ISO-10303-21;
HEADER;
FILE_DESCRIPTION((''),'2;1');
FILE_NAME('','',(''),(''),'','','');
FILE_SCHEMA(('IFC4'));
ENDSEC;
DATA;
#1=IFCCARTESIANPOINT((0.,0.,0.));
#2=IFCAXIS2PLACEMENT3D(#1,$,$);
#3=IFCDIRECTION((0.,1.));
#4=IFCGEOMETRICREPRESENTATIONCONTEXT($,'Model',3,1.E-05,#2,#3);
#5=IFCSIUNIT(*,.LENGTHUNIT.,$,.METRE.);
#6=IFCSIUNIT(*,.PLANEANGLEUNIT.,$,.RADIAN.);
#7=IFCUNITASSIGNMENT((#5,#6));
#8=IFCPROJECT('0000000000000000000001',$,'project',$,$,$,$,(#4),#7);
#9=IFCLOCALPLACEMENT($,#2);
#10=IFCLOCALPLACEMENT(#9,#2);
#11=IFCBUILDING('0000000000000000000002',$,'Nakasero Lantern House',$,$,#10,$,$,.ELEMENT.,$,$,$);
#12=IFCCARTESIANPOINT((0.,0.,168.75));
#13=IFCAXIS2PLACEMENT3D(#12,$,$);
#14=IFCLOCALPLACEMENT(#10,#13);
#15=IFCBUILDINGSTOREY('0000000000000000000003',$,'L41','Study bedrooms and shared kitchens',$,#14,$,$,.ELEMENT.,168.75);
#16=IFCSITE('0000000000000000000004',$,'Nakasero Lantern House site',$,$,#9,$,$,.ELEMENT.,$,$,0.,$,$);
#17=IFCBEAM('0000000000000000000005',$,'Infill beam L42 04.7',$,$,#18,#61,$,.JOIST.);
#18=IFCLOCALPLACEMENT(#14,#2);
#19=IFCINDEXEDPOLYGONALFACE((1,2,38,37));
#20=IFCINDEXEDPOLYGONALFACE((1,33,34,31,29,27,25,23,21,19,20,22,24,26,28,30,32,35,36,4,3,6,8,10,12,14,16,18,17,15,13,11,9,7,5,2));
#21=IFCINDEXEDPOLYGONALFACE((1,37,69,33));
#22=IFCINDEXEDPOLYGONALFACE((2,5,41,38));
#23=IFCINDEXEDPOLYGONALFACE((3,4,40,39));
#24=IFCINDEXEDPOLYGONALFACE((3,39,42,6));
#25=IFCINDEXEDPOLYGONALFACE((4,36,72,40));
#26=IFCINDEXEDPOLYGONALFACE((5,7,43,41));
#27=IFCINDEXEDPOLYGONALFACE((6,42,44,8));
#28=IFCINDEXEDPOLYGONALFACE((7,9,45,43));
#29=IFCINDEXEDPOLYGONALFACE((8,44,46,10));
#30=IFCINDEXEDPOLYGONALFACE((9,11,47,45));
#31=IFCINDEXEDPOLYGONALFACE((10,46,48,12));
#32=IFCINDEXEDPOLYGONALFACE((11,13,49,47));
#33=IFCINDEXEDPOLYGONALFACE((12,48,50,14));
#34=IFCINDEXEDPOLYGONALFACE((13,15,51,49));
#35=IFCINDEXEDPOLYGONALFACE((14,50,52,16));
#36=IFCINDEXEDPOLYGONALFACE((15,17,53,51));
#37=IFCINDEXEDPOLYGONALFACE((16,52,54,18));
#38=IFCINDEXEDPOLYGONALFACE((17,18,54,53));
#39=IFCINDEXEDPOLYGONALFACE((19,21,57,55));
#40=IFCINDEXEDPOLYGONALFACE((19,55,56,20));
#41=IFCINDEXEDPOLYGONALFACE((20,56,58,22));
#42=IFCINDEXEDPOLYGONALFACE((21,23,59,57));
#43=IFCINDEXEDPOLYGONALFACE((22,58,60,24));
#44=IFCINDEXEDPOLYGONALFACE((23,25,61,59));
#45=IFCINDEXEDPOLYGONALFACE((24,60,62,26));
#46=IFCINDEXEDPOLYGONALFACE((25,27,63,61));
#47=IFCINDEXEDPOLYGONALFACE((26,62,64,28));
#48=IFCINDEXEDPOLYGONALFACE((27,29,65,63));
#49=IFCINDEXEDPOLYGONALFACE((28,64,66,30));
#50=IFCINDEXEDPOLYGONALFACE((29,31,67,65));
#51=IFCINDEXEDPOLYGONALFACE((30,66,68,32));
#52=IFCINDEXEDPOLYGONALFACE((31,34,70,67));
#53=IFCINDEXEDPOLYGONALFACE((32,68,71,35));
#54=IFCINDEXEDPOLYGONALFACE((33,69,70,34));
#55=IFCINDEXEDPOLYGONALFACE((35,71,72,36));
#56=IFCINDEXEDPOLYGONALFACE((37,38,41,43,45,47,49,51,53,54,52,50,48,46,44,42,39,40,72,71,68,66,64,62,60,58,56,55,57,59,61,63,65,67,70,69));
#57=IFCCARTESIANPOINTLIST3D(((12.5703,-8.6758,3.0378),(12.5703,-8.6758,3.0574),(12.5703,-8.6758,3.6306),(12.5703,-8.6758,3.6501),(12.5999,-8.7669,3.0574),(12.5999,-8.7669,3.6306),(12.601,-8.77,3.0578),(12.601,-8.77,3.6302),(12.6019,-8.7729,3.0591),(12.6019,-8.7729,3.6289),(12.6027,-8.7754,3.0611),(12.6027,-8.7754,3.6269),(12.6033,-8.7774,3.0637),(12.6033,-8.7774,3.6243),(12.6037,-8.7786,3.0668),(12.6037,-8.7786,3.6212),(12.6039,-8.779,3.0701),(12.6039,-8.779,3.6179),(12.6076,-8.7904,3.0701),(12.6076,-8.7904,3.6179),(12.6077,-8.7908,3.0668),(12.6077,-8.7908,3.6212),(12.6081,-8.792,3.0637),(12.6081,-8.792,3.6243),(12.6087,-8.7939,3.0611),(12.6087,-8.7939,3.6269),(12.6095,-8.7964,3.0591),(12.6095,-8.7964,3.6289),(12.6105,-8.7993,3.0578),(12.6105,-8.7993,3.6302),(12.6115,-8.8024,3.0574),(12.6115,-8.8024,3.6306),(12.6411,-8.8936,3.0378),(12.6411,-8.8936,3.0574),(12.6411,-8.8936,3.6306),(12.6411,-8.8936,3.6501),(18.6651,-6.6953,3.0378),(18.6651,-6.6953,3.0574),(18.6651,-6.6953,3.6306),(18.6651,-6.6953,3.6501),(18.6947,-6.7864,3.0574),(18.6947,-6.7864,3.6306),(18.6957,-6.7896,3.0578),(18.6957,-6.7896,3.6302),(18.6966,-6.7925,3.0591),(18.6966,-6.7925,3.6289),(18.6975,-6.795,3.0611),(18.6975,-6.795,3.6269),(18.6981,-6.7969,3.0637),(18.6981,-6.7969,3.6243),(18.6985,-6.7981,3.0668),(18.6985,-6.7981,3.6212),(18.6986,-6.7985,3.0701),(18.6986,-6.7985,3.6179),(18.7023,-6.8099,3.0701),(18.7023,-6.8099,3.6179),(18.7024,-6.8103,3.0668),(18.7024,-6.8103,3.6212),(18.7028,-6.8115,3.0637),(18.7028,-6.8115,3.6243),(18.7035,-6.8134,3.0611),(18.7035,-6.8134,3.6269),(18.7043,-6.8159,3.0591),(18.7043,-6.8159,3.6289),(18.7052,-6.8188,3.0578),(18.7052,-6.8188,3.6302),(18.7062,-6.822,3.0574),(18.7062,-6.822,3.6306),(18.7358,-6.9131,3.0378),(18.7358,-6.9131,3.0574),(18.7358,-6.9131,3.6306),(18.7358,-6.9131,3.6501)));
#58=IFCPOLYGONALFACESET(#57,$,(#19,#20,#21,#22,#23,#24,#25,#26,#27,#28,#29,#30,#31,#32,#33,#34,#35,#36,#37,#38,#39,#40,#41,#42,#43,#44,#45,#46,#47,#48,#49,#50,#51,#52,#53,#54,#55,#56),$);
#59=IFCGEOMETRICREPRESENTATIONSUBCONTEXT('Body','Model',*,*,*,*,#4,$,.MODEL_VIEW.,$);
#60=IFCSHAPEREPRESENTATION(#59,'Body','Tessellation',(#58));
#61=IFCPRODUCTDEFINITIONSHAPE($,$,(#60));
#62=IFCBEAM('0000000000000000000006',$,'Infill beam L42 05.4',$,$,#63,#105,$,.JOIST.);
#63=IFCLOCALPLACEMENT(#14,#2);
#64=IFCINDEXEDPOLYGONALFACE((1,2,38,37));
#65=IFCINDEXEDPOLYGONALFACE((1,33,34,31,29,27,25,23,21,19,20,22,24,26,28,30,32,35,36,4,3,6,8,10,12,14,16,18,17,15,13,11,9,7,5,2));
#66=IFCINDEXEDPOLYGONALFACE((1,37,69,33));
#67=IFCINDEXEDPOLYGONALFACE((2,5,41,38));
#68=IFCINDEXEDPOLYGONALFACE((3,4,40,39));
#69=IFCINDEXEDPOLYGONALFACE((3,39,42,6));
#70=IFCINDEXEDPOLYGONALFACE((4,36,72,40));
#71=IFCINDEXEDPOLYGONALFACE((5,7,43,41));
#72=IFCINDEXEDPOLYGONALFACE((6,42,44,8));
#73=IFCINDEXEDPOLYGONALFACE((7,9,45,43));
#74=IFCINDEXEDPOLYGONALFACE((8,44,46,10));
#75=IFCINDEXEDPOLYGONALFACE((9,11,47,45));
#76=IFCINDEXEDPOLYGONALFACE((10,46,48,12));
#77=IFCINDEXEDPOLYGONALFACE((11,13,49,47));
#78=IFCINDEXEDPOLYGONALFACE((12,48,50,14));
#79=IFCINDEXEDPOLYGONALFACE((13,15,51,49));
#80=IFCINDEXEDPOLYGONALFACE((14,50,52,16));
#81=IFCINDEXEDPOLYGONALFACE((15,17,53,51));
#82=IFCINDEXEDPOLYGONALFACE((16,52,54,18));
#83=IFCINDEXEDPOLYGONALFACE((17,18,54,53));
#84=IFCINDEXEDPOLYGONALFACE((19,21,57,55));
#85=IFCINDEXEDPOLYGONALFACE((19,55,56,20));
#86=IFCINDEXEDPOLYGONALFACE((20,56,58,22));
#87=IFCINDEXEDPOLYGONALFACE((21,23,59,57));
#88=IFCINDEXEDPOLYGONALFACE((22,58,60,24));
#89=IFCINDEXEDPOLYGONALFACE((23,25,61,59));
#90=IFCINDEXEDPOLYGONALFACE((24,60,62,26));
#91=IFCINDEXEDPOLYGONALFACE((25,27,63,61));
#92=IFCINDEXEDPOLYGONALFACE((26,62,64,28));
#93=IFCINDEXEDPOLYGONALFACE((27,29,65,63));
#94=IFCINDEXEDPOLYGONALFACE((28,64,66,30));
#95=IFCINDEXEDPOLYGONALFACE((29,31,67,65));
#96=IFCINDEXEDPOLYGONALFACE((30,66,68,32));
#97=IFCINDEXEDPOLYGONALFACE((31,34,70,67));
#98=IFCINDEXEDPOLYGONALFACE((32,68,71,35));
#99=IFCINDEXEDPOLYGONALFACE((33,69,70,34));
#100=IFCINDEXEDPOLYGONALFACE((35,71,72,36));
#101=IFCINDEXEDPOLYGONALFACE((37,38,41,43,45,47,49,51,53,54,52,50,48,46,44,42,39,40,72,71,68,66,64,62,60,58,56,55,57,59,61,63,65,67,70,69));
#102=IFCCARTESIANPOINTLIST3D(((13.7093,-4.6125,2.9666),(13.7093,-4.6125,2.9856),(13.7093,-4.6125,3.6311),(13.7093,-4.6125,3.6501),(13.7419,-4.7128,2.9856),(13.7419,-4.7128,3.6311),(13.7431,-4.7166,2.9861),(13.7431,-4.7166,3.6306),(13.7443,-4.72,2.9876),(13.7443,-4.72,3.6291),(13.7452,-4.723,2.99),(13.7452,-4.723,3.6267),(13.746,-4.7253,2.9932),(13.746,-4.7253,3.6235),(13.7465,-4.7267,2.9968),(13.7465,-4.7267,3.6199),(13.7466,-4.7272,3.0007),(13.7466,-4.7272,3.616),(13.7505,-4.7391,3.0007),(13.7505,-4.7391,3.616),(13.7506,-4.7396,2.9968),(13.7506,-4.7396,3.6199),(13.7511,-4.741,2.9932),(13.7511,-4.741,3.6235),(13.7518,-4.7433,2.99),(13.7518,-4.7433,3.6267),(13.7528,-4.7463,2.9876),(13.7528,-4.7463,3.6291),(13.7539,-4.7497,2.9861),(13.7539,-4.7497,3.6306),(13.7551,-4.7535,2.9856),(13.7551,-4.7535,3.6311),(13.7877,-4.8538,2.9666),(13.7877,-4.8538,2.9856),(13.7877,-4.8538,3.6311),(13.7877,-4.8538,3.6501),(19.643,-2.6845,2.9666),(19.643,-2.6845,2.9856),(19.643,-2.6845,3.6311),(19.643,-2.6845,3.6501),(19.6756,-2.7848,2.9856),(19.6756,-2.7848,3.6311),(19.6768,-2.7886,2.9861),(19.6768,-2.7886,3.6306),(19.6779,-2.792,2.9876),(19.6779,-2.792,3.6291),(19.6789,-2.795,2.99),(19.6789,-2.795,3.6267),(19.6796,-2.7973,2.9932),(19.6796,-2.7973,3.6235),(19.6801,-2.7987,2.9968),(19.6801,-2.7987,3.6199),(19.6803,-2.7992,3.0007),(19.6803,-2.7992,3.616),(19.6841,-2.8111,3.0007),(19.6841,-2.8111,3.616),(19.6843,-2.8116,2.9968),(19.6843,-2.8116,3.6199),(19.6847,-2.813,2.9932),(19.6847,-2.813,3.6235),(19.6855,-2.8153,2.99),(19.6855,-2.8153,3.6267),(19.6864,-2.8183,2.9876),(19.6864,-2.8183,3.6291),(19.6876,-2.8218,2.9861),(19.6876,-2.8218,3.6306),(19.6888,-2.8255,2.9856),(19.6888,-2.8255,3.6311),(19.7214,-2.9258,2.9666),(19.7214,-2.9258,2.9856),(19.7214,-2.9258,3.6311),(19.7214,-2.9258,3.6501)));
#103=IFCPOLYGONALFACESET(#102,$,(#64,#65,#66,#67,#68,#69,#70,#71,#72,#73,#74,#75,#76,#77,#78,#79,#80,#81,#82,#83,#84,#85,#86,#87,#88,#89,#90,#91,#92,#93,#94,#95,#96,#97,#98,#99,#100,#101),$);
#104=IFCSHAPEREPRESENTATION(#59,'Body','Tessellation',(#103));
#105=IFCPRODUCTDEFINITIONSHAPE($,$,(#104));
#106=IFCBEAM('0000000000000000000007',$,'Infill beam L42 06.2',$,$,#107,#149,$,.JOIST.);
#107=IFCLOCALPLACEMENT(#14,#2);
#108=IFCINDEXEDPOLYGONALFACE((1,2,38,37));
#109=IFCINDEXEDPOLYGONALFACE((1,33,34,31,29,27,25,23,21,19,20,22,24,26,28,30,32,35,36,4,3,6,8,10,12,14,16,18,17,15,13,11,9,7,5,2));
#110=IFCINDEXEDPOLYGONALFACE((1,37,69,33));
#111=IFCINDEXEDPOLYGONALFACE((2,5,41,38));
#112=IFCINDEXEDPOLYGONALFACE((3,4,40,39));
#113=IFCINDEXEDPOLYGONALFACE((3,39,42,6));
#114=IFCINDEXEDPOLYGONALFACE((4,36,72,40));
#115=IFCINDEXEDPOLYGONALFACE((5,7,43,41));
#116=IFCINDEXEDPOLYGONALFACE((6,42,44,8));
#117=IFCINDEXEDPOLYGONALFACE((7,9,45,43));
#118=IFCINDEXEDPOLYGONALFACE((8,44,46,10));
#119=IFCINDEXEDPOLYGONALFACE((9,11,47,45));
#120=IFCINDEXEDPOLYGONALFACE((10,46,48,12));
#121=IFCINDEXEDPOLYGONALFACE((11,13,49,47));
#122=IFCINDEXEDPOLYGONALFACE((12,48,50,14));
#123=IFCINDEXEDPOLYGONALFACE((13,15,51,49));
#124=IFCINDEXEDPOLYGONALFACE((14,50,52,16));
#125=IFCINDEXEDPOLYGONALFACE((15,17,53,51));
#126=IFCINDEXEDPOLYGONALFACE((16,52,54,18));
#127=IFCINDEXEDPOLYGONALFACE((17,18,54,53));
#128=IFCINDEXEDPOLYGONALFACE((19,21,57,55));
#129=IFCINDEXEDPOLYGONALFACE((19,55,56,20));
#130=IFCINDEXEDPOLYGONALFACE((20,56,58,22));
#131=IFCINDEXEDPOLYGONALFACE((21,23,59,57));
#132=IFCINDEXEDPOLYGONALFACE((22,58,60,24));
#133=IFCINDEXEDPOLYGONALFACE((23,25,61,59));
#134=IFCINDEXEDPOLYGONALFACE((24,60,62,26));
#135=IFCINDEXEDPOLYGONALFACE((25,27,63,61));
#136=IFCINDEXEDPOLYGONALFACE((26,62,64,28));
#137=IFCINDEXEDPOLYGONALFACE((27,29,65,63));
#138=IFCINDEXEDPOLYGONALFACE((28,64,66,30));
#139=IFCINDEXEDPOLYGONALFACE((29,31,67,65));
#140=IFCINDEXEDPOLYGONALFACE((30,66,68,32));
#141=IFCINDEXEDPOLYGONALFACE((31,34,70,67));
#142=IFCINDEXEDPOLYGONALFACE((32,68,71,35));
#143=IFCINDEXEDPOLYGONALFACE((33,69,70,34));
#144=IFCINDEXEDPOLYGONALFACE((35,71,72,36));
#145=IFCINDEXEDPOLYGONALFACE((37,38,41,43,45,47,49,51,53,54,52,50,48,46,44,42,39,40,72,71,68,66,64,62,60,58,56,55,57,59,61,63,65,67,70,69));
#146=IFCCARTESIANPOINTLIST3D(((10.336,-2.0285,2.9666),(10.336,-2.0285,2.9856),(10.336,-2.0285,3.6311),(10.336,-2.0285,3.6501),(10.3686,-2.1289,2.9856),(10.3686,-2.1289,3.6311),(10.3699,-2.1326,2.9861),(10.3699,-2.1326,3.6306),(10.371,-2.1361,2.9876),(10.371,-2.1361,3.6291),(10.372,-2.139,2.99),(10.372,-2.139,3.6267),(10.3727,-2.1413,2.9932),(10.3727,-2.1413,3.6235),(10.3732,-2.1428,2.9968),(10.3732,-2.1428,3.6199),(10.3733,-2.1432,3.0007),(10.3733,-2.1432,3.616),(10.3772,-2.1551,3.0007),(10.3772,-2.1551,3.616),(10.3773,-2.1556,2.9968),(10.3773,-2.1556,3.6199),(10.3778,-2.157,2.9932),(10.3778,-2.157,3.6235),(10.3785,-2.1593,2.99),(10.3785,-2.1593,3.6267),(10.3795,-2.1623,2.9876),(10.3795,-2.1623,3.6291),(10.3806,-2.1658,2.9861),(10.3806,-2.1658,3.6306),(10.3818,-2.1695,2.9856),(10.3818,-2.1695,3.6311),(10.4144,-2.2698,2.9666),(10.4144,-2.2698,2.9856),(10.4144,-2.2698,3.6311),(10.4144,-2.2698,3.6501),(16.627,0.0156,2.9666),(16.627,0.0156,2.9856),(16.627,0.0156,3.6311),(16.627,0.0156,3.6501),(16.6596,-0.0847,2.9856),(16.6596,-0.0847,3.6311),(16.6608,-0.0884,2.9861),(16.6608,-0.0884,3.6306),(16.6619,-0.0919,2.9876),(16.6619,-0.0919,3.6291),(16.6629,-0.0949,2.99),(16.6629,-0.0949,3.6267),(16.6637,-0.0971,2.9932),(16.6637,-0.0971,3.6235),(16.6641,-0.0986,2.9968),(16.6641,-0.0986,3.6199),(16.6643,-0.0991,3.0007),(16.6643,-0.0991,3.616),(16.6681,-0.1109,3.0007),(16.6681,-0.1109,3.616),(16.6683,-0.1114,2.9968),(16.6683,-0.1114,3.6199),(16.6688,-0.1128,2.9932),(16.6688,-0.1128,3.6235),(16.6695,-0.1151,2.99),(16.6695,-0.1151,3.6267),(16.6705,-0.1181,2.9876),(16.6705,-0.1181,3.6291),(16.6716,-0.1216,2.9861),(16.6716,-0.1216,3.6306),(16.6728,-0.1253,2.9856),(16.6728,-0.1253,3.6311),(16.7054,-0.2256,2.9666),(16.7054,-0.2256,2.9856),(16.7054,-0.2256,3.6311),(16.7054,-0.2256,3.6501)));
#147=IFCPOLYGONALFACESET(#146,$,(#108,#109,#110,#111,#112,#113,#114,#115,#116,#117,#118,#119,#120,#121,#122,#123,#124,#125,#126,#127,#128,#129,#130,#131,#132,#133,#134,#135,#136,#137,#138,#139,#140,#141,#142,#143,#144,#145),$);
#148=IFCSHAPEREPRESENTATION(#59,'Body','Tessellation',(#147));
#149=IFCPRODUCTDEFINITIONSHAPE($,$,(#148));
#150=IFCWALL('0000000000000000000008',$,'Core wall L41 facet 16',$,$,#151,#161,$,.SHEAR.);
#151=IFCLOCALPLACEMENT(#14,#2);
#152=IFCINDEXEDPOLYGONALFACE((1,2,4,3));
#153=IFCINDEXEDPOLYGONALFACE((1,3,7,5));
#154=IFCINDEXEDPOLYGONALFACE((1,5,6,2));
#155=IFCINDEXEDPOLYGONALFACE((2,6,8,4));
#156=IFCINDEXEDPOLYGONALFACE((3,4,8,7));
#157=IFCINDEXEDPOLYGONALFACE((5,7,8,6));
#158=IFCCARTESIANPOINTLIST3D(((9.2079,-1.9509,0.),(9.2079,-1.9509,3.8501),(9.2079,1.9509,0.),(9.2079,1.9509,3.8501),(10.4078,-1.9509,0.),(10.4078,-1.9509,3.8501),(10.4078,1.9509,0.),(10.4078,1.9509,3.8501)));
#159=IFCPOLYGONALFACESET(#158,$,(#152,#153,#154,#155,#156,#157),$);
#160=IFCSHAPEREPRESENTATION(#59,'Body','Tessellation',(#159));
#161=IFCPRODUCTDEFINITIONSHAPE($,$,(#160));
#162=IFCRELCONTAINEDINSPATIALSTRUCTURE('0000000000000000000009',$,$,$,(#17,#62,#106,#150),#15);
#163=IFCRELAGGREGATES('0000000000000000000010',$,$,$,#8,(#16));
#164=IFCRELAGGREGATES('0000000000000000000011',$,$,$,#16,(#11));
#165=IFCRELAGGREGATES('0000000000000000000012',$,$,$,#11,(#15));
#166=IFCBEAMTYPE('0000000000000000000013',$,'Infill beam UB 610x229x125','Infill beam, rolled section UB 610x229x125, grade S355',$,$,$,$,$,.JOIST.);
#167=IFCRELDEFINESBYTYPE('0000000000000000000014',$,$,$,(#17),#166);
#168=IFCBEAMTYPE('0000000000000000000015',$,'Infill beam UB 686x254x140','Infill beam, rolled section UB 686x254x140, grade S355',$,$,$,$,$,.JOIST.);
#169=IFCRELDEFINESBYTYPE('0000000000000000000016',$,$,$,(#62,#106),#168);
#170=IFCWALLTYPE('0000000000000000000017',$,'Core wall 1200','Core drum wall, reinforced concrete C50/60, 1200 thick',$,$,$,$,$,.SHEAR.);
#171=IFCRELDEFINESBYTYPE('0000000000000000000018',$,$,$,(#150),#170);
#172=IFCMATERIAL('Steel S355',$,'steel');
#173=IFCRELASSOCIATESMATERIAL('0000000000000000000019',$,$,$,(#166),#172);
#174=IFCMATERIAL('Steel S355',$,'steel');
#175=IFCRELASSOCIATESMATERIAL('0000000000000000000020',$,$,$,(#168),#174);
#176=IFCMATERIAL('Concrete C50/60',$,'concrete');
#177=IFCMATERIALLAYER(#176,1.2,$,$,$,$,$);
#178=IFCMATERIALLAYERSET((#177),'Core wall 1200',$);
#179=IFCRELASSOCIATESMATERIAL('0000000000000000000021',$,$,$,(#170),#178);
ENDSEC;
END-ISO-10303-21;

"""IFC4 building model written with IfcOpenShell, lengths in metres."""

from ifc_helpers import new_model, si_unit, direction, frame, frame_2d, origin, origin_2d, place, context, subcontext, project, spatial, rectangle, i_section, extrude, material, layer, layer_set, material_profile, profile_set, type_object, element, save


model = new_model("IFC4")

# Units and contexts
model_context = context("Model", 3, precision=1e-05, world=origin(), true_north=direction((0.0, 1.0)))
body_context = subcontext(model_context, "Body", "Model", "MODEL_VIEW")
ifc_project = project(units=[si_unit("LENGTHUNIT", "METRE"), si_unit("PLANEANGLEUNIT", "RADIAN")], contexts=[model_context])

# Site, building, storey
site_placement = place(None, origin())
site = spatial("IfcSite", under=ifc_project, at=site_placement, Name="Nakasero Lantern House site", CompositionType="ELEMENT", RefElevation=0.0)
building_placement = place(site_placement, origin())
building = spatial("IfcBuilding", under=site, at=building_placement, Name="Nakasero Lantern House", CompositionType="ELEMENT")
storey_placement = place(building_placement, frame((0.0, 0.0, 168.75)))
storey = spatial("IfcBuildingStorey", under=building, at=storey_placement, Name="L41", Description="Study bedrooms and shared kitchens", CompositionType="ELEMENT", Elevation=168.75)

# Beams
ifc_material_1 = material(Name="Steel S355", Category="steel")
ifc_material_profile_1 = material_profile(ifc_material_1, i_section(OverallWidth=0.229, OverallDepth=0.6123, WebThickness=0.012, FlangeThickness=0.0195, FilletRadius=0.0127, at=origin_2d()), Name="UB 610x229x125")
ifc_profile_set_1 = profile_set([ifc_material_profile_1], Name="Steel S355")
beam_type_1 = type_object("IfcBeamType", Name="Infill beam UB 610x229x125", Description="Infill beam, rolled section UB 610x229x125, grade S355", PredefinedType="JOIST", material=ifc_profile_set_1)
beam_1_placement = place(storey_placement, frame((12.6057, -8.7847, 3.344), z_axis=(0.951049, 0.309041, 0.0), x_axis=(-0.309041, 0.951049, 0.0)))
element("IfcBeam", 1, at=beam_1_placement, inside=storey, type_object=beam_type_1, Name="Infill beam L42 04.7", PredefinedType="JOIST", context=body_context, shape_type="SweptSolid", body=[
    extrude(i_section(OverallWidth=0.229, OverallDepth=0.6123, WebThickness=0.012, FlangeThickness=0.0195, FilletRadius=0.0127, at=origin_2d()), origin(), (0.0, 0.0, 1.0), 6.4084),
])
ifc_material_2 = material(Name="Steel S355", Category="steel")
ifc_material_profile_2 = material_profile(ifc_material_2, i_section(OverallWidth=0.2537, OverallDepth=0.6836, WebThickness=0.0125, FlangeThickness=0.019, FilletRadius=0.0151, at=origin_2d()), Name="UB 686x254x140")
ifc_profile_set_2 = profile_set([ifc_material_profile_2], Name="Steel S355")
beam_type_2 = type_object("IfcBeamType", Name="Infill beam UB 686x254x140", Description="Infill beam, rolled section UB 686x254x140, grade S355", PredefinedType="JOIST", material=ifc_profile_set_2)
beam_2_placement = place(storey_placement, frame((13.7485, -4.7332, 3.3083), z_axis=(0.951055, 0.309022, 0.0), x_axis=(-0.309022, 0.951055, 0.0)))
element("IfcBeam", 2, at=beam_2_placement, inside=storey, type_object=beam_type_2, Name="Infill beam L42 05.4", PredefinedType="JOIST", context=body_context, shape_type="SweptSolid", body=[
    extrude(i_section(OverallWidth=0.2537, OverallDepth=0.6836, WebThickness=0.0125, FlangeThickness=0.019, FilletRadius=0.0151, at=origin_2d()), origin(), (0.0, 0.0, 1.0), 6.239),
])
beam_3_placement = place(storey_placement, frame((10.3752, -2.1492, 3.3083), z_axis=(0.951051, 0.309033, 0.0), x_axis=(-0.309033, 0.951051, 0.0)))
element("IfcBeam", 3, at=beam_3_placement, inside=storey, type_object=beam_type_2, Name="Infill beam L42 06.2", PredefinedType="JOIST", context=body_context, shape_type="SweptSolid", body=[
    extrude(i_section(OverallWidth=0.2537, OverallDepth=0.6836, WebThickness=0.0125, FlangeThickness=0.019, FilletRadius=0.0151, at=origin_2d()), origin(), (0.0, 0.0, 1.0), 6.6147),
])

# Wall
ifc_material_3 = material(Name="Concrete C50/60", Category="concrete")
ifc_layer_1 = layer(ifc_material_3, 1.2)
ifc_layer_set_1 = layer_set([ifc_layer_1], Name="Core wall 1200")
wall_type_1 = type_object("IfcWallType", Name="Core wall 1200", Description="Core drum wall, reinforced concrete C50/60, 1200 thick", PredefinedType="SHEAR", material=ifc_layer_set_1)
wall_1_placement = place(storey_placement, frame((9.8079, -1.9509, 0.0), z_axis=(0.0, 0.0, 1.0), x_axis=(0.0, 1.0, 0.0)))
element("IfcWall", 4, at=wall_1_placement, inside=storey, type_object=wall_type_1, Name="Core wall L41 facet 16", PredefinedType="SHEAR", context=body_context, shape_type="SweptSolid", body=[
    extrude(rectangle(XDim=3.9019, YDim=1.2, at=frame_2d((1.9509, 0.0))), origin(), (0.0, 0.0, 1.0), 3.8501),
])

save(model, "model.ifc")
